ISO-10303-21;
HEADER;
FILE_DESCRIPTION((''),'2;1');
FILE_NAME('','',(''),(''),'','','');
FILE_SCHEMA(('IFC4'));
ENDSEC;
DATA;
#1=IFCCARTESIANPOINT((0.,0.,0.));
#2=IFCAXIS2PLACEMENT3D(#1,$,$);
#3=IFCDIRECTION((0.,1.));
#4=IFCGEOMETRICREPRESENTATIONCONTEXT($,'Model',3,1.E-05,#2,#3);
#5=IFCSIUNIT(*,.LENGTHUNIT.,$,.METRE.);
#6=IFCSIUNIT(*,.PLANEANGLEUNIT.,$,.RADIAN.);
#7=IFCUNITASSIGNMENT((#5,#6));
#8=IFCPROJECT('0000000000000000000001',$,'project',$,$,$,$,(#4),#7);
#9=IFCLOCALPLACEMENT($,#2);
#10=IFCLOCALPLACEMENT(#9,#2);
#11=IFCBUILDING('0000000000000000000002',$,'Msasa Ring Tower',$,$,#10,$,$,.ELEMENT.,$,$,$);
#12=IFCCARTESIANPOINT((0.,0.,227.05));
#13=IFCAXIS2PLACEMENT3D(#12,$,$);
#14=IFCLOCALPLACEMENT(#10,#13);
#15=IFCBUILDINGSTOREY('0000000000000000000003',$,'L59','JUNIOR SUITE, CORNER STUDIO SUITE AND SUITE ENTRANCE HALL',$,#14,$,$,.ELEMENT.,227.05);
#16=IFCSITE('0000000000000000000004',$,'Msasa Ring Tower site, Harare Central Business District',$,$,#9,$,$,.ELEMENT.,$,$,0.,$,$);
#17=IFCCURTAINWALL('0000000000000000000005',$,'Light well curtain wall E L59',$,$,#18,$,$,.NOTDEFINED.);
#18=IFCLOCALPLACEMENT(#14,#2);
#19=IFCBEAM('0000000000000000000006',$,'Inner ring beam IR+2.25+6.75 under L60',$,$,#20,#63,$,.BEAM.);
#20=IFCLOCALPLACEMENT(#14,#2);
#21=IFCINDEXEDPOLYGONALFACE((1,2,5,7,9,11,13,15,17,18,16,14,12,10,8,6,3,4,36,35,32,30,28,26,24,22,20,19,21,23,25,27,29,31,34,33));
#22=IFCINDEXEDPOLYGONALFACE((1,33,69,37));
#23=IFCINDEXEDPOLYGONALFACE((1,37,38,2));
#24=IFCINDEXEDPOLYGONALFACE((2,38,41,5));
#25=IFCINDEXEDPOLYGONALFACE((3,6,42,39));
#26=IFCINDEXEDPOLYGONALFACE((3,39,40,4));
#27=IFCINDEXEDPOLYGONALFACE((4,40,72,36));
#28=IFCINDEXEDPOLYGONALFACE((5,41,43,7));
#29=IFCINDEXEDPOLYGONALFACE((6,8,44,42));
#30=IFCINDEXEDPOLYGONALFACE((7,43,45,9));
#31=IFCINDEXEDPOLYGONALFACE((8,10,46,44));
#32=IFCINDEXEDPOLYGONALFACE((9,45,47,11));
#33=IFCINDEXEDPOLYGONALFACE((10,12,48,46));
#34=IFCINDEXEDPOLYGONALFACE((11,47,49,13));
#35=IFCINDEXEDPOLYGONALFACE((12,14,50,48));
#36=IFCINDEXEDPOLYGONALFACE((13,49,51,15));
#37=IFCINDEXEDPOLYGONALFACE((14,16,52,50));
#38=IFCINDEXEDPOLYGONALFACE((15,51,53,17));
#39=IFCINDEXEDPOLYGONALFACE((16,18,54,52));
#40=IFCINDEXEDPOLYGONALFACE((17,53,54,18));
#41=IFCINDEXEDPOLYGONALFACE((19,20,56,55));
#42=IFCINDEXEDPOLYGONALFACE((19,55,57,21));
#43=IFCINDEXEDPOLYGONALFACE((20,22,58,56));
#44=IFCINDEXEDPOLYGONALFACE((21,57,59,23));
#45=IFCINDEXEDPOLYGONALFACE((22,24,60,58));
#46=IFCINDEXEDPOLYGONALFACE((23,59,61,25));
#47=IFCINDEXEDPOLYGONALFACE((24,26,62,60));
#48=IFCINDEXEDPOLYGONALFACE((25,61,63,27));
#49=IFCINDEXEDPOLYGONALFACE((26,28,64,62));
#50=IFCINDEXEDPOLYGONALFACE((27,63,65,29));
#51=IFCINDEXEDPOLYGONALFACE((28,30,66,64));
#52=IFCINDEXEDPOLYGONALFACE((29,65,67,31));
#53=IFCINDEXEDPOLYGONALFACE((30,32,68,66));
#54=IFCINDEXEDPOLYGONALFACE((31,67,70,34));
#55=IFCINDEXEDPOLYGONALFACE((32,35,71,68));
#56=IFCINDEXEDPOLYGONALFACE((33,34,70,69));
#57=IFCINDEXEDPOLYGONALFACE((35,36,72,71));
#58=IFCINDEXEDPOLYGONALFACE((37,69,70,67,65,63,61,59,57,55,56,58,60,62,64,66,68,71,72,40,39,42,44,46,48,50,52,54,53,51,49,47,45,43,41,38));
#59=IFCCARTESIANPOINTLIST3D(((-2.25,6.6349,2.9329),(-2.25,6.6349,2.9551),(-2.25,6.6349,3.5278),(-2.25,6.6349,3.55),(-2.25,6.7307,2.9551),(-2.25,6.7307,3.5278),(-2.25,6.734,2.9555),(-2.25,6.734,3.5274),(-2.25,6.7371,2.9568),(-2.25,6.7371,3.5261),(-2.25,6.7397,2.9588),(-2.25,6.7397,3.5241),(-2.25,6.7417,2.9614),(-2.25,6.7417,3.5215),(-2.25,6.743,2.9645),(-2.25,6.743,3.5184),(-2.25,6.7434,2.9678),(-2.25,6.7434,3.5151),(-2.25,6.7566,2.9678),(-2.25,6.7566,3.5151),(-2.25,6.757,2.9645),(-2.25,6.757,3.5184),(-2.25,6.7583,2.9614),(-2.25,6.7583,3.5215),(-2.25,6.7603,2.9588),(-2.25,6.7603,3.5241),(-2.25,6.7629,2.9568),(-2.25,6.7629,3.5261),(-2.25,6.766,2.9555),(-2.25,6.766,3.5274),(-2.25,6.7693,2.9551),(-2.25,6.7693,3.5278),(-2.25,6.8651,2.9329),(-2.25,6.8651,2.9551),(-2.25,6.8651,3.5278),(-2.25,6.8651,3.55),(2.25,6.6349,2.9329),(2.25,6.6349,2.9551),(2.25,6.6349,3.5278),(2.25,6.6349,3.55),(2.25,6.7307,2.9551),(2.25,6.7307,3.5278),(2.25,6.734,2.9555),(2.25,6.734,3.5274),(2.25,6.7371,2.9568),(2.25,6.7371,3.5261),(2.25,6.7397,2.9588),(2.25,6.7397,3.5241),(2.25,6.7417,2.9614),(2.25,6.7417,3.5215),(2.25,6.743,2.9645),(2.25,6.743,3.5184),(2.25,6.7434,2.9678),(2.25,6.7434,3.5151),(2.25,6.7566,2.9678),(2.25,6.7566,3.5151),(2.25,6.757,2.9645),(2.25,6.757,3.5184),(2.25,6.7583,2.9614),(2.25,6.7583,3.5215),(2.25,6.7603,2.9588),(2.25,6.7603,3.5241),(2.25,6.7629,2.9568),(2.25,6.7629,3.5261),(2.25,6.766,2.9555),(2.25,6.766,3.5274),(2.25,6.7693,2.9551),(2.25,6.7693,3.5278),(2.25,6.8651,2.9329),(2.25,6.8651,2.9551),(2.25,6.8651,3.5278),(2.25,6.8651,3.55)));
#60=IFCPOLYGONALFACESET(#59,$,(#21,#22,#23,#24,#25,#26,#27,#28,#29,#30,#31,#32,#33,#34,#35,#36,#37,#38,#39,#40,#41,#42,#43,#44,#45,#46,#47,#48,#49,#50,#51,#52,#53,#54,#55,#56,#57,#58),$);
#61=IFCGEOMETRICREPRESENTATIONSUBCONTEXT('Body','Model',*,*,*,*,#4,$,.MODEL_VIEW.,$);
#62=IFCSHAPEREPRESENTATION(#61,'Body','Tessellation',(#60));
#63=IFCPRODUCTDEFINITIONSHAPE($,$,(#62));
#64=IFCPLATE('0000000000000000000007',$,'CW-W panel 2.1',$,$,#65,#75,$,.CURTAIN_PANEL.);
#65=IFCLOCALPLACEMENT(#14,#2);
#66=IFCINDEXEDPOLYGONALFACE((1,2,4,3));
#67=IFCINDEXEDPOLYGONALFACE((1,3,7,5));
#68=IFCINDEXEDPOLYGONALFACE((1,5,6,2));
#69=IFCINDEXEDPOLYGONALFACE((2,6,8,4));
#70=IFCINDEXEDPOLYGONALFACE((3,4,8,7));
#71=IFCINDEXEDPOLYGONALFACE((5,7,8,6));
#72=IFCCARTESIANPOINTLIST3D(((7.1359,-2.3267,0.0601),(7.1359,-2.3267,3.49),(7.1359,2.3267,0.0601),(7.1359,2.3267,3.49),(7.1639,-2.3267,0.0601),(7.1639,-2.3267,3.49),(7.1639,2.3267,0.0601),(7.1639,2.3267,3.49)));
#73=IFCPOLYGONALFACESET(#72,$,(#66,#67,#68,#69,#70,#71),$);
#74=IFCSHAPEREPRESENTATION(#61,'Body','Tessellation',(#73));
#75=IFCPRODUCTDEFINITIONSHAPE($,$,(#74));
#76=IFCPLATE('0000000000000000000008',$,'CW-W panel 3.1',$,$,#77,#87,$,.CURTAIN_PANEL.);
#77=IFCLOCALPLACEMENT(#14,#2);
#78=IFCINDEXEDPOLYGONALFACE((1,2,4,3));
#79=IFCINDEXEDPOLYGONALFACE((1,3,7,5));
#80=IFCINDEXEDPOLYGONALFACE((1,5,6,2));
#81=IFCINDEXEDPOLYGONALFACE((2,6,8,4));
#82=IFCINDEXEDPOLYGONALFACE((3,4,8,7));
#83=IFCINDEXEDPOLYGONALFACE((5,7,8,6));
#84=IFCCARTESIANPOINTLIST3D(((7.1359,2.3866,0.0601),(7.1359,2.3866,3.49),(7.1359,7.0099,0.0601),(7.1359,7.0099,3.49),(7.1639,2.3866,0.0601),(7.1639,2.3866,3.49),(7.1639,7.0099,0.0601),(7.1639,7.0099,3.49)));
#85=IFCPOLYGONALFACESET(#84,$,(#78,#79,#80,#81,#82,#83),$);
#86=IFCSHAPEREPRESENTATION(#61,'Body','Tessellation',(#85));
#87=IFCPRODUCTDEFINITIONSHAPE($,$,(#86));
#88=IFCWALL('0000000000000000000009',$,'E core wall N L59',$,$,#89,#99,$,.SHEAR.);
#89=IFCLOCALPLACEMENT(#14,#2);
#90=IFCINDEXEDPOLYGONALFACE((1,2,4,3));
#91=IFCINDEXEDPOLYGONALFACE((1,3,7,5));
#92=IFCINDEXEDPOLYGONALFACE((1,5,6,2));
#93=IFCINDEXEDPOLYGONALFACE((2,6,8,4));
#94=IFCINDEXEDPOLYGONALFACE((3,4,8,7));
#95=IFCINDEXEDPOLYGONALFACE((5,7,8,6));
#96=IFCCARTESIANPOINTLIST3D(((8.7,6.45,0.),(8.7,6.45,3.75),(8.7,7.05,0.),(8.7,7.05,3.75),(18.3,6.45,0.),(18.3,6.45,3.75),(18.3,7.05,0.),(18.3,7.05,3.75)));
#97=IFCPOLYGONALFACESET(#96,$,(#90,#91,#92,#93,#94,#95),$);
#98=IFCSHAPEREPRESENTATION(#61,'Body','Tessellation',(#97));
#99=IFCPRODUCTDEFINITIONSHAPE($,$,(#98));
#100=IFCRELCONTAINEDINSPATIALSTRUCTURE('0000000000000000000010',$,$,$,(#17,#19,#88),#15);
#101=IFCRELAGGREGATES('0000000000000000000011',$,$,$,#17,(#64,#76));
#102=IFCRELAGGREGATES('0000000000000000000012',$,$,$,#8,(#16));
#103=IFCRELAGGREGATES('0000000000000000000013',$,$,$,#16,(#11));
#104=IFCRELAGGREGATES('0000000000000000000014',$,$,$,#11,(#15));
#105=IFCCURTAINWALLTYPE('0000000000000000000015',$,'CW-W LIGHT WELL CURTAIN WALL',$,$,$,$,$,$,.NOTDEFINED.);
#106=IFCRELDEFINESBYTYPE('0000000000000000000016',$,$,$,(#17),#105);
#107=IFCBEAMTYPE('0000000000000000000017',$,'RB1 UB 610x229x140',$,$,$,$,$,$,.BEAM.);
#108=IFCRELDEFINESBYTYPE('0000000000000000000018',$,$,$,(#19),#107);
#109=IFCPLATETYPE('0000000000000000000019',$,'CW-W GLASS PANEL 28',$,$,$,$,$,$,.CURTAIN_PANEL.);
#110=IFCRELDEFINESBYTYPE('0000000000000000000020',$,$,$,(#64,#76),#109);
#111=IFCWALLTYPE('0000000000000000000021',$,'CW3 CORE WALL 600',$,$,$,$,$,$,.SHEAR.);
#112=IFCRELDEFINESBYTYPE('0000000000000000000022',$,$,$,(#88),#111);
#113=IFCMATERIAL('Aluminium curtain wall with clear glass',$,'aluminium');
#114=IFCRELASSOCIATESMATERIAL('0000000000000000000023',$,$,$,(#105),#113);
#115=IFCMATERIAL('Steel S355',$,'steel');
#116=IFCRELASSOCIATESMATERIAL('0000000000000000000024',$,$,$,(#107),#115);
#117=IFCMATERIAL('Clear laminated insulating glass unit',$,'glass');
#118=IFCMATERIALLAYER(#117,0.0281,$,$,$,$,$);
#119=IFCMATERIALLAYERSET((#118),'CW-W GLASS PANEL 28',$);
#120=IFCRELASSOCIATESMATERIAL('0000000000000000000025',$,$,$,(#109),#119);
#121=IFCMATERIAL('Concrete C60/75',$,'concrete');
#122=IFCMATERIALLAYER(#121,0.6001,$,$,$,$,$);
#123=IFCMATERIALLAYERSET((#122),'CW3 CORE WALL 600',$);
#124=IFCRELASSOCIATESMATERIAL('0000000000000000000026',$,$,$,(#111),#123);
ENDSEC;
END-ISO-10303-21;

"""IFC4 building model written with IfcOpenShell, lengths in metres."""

from ifc_helpers import new_model, si_unit, direction, frame, frame_2d, origin, origin_2d, place, context, subcontext, project, spatial, rectangle, i_section, extrude, material, layer, layer_set, material_profile, profile_set, type_object, element, aggregate, save


model = new_model("IFC4")

# Units and contexts
model_context = context("Model", 3, precision=1e-05, world=origin(), true_north=direction((0.0, 1.0)))
body_context = subcontext(model_context, "Body", "Model", "MODEL_VIEW")
ifc_project = project(units=[si_unit("LENGTHUNIT", "METRE"), si_unit("PLANEANGLEUNIT", "RADIAN")], contexts=[model_context])

# Site, building, storey
site_placement = place(None, origin())
site = spatial("IfcSite", under=ifc_project, at=site_placement, Name="Msasa Ring Tower site, Harare Central Business District", CompositionType="ELEMENT", RefElevation=0.0)
building_placement = place(site_placement, origin())
building = spatial("IfcBuilding", under=site, at=building_placement, Name="Msasa Ring Tower", CompositionType="ELEMENT")
storey_placement = place(building_placement, frame((0.0, 0.0, 227.05)))
storey = spatial("IfcBuildingStorey", under=building, at=storey_placement, Name="L59", Description="JUNIOR SUITE, CORNER STUDIO SUITE AND SUITE ENTRANCE HALL", CompositionType="ELEMENT", Elevation=227.05)

# Curtain wall
ifc_material_1 = material(Name="Aluminium curtain wall with clear glass", Category="aluminium")
curtain_wall_type = type_object("IfcCurtainWallType", Name="CW-W LIGHT WELL CURTAIN WALL", PredefinedType="NOTDEFINED", material=ifc_material_1)
curtain_wall_placement = place(storey_placement, origin())
curtain_wall = element("IfcCurtainWall", 1, at=curtain_wall_placement, inside=storey, type_object=curtain_wall_type, Name="Light well curtain wall E L59", PredefinedType="NOTDEFINED")

# Beam
ifc_material_2 = material(Name="Steel S355", Category="steel")
ifc_material_profile_1 = material_profile(ifc_material_2, i_section(OverallWidth=0.2302, OverallDepth=0.6172, WebThickness=0.0132, FlangeThickness=0.0222, FilletRadius=0.0127, at=origin_2d()), Name="UB 610x229x140")
ifc_profile_set_1 = profile_set([ifc_material_profile_1], Name="Steel S355")
beam_type = type_object("IfcBeamType", Name="RB1 UB 610x229x140", PredefinedType="BEAM", material=ifc_profile_set_1)
for number, where, z_axis, x_axis, name in (
    (2, (2.25, 6.75, 3.2415), (-1.0, 0.0, 0.0), (0.0, -1.0, 0.0), "Inner ring beam IR+2.25+6.75 under L60"),
):
    element("IfcBeam", number, at=place(storey_placement, frame(where, z_axis=z_axis, x_axis=x_axis)), inside=storey, type_object=beam_type, Name=name, PredefinedType="BEAM", context=body_context, shape_type="SweptSolid", body=[
        extrude(i_section(OverallWidth=0.2302, OverallDepth=0.6172, WebThickness=0.0132, FlangeThickness=0.0222, FilletRadius=0.0127, at=origin_2d()), origin(), (0.0, 0.0, 1.0), 4.5),
    ])

# Plates
ifc_material_3 = material(Name="Clear laminated insulating glass unit", Category="glass")
ifc_layer_1 = layer(ifc_material_3, 0.0281)
ifc_layer_set_1 = layer_set([ifc_layer_1], Name="CW-W GLASS PANEL 28")
plate_type = type_object("IfcPlateType", Name="CW-W GLASS PANEL 28", PredefinedType="CURTAIN_PANEL", material=ifc_layer_set_1)
plate_1_placement = place(storey_placement, frame((7.1499, 0.0, 0.0601), z_axis=(0.0, 0.0, 1.0), x_axis=(0.0, 1.0, 0.0)))
plate_1 = element("IfcPlate", 3, at=plate_1_placement, type_object=plate_type, Name="CW-W panel 2.1", PredefinedType="CURTAIN_PANEL", context=body_context, shape_type="SweptSolid", body=[
    extrude(rectangle(XDim=4.6533, YDim=0.0281, at=origin_2d()), origin(), (0.0, 0.0, 1.0), 3.4299),
])
plate_2_placement = place(storey_placement, frame((7.1499, 4.6982, 0.0601), z_axis=(0.0, 0.0, 1.0), x_axis=(0.0, 1.0, 0.0)))
plate_2 = element("IfcPlate", 4, at=plate_2_placement, type_object=plate_type, Name="CW-W panel 3.1", PredefinedType="CURTAIN_PANEL", context=body_context, shape_type="SweptSolid", body=[
    extrude(rectangle(XDim=4.6233, YDim=0.0281, at=origin_2d()), origin(), (0.0, 0.0, 1.0), 3.4299),
])
aggregate(curtain_wall, [plate_1, plate_2])

# Wall
ifc_material_4 = material(Name="Concrete C60/75", Category="concrete")
ifc_layer_2 = layer(ifc_material_4, 0.6001)
ifc_layer_set_2 = layer_set([ifc_layer_2], Name="CW3 CORE WALL 600")
wall_type = type_object("IfcWallType", Name="CW3 CORE WALL 600", PredefinedType="SHEAR", material=ifc_layer_set_2)
wall_placement = place(storey_placement, frame((8.7, 6.75, 0.0), z_axis=(0.0, 0.0, 1.0), x_axis=(1.0, 0.0, 0.0)))
element("IfcWall", 5, at=wall_placement, inside=storey, type_object=wall_type, Name="E core wall N L59", PredefinedType="SHEAR", context=body_context, shape_type="SweptSolid", body=[
    extrude(rectangle(XDim=9.6001, YDim=0.6001, at=frame_2d((4.8, 0.0))), origin(), (0.0, 0.0, 1.0), 3.75),
])

save(model, "model.ifc")
